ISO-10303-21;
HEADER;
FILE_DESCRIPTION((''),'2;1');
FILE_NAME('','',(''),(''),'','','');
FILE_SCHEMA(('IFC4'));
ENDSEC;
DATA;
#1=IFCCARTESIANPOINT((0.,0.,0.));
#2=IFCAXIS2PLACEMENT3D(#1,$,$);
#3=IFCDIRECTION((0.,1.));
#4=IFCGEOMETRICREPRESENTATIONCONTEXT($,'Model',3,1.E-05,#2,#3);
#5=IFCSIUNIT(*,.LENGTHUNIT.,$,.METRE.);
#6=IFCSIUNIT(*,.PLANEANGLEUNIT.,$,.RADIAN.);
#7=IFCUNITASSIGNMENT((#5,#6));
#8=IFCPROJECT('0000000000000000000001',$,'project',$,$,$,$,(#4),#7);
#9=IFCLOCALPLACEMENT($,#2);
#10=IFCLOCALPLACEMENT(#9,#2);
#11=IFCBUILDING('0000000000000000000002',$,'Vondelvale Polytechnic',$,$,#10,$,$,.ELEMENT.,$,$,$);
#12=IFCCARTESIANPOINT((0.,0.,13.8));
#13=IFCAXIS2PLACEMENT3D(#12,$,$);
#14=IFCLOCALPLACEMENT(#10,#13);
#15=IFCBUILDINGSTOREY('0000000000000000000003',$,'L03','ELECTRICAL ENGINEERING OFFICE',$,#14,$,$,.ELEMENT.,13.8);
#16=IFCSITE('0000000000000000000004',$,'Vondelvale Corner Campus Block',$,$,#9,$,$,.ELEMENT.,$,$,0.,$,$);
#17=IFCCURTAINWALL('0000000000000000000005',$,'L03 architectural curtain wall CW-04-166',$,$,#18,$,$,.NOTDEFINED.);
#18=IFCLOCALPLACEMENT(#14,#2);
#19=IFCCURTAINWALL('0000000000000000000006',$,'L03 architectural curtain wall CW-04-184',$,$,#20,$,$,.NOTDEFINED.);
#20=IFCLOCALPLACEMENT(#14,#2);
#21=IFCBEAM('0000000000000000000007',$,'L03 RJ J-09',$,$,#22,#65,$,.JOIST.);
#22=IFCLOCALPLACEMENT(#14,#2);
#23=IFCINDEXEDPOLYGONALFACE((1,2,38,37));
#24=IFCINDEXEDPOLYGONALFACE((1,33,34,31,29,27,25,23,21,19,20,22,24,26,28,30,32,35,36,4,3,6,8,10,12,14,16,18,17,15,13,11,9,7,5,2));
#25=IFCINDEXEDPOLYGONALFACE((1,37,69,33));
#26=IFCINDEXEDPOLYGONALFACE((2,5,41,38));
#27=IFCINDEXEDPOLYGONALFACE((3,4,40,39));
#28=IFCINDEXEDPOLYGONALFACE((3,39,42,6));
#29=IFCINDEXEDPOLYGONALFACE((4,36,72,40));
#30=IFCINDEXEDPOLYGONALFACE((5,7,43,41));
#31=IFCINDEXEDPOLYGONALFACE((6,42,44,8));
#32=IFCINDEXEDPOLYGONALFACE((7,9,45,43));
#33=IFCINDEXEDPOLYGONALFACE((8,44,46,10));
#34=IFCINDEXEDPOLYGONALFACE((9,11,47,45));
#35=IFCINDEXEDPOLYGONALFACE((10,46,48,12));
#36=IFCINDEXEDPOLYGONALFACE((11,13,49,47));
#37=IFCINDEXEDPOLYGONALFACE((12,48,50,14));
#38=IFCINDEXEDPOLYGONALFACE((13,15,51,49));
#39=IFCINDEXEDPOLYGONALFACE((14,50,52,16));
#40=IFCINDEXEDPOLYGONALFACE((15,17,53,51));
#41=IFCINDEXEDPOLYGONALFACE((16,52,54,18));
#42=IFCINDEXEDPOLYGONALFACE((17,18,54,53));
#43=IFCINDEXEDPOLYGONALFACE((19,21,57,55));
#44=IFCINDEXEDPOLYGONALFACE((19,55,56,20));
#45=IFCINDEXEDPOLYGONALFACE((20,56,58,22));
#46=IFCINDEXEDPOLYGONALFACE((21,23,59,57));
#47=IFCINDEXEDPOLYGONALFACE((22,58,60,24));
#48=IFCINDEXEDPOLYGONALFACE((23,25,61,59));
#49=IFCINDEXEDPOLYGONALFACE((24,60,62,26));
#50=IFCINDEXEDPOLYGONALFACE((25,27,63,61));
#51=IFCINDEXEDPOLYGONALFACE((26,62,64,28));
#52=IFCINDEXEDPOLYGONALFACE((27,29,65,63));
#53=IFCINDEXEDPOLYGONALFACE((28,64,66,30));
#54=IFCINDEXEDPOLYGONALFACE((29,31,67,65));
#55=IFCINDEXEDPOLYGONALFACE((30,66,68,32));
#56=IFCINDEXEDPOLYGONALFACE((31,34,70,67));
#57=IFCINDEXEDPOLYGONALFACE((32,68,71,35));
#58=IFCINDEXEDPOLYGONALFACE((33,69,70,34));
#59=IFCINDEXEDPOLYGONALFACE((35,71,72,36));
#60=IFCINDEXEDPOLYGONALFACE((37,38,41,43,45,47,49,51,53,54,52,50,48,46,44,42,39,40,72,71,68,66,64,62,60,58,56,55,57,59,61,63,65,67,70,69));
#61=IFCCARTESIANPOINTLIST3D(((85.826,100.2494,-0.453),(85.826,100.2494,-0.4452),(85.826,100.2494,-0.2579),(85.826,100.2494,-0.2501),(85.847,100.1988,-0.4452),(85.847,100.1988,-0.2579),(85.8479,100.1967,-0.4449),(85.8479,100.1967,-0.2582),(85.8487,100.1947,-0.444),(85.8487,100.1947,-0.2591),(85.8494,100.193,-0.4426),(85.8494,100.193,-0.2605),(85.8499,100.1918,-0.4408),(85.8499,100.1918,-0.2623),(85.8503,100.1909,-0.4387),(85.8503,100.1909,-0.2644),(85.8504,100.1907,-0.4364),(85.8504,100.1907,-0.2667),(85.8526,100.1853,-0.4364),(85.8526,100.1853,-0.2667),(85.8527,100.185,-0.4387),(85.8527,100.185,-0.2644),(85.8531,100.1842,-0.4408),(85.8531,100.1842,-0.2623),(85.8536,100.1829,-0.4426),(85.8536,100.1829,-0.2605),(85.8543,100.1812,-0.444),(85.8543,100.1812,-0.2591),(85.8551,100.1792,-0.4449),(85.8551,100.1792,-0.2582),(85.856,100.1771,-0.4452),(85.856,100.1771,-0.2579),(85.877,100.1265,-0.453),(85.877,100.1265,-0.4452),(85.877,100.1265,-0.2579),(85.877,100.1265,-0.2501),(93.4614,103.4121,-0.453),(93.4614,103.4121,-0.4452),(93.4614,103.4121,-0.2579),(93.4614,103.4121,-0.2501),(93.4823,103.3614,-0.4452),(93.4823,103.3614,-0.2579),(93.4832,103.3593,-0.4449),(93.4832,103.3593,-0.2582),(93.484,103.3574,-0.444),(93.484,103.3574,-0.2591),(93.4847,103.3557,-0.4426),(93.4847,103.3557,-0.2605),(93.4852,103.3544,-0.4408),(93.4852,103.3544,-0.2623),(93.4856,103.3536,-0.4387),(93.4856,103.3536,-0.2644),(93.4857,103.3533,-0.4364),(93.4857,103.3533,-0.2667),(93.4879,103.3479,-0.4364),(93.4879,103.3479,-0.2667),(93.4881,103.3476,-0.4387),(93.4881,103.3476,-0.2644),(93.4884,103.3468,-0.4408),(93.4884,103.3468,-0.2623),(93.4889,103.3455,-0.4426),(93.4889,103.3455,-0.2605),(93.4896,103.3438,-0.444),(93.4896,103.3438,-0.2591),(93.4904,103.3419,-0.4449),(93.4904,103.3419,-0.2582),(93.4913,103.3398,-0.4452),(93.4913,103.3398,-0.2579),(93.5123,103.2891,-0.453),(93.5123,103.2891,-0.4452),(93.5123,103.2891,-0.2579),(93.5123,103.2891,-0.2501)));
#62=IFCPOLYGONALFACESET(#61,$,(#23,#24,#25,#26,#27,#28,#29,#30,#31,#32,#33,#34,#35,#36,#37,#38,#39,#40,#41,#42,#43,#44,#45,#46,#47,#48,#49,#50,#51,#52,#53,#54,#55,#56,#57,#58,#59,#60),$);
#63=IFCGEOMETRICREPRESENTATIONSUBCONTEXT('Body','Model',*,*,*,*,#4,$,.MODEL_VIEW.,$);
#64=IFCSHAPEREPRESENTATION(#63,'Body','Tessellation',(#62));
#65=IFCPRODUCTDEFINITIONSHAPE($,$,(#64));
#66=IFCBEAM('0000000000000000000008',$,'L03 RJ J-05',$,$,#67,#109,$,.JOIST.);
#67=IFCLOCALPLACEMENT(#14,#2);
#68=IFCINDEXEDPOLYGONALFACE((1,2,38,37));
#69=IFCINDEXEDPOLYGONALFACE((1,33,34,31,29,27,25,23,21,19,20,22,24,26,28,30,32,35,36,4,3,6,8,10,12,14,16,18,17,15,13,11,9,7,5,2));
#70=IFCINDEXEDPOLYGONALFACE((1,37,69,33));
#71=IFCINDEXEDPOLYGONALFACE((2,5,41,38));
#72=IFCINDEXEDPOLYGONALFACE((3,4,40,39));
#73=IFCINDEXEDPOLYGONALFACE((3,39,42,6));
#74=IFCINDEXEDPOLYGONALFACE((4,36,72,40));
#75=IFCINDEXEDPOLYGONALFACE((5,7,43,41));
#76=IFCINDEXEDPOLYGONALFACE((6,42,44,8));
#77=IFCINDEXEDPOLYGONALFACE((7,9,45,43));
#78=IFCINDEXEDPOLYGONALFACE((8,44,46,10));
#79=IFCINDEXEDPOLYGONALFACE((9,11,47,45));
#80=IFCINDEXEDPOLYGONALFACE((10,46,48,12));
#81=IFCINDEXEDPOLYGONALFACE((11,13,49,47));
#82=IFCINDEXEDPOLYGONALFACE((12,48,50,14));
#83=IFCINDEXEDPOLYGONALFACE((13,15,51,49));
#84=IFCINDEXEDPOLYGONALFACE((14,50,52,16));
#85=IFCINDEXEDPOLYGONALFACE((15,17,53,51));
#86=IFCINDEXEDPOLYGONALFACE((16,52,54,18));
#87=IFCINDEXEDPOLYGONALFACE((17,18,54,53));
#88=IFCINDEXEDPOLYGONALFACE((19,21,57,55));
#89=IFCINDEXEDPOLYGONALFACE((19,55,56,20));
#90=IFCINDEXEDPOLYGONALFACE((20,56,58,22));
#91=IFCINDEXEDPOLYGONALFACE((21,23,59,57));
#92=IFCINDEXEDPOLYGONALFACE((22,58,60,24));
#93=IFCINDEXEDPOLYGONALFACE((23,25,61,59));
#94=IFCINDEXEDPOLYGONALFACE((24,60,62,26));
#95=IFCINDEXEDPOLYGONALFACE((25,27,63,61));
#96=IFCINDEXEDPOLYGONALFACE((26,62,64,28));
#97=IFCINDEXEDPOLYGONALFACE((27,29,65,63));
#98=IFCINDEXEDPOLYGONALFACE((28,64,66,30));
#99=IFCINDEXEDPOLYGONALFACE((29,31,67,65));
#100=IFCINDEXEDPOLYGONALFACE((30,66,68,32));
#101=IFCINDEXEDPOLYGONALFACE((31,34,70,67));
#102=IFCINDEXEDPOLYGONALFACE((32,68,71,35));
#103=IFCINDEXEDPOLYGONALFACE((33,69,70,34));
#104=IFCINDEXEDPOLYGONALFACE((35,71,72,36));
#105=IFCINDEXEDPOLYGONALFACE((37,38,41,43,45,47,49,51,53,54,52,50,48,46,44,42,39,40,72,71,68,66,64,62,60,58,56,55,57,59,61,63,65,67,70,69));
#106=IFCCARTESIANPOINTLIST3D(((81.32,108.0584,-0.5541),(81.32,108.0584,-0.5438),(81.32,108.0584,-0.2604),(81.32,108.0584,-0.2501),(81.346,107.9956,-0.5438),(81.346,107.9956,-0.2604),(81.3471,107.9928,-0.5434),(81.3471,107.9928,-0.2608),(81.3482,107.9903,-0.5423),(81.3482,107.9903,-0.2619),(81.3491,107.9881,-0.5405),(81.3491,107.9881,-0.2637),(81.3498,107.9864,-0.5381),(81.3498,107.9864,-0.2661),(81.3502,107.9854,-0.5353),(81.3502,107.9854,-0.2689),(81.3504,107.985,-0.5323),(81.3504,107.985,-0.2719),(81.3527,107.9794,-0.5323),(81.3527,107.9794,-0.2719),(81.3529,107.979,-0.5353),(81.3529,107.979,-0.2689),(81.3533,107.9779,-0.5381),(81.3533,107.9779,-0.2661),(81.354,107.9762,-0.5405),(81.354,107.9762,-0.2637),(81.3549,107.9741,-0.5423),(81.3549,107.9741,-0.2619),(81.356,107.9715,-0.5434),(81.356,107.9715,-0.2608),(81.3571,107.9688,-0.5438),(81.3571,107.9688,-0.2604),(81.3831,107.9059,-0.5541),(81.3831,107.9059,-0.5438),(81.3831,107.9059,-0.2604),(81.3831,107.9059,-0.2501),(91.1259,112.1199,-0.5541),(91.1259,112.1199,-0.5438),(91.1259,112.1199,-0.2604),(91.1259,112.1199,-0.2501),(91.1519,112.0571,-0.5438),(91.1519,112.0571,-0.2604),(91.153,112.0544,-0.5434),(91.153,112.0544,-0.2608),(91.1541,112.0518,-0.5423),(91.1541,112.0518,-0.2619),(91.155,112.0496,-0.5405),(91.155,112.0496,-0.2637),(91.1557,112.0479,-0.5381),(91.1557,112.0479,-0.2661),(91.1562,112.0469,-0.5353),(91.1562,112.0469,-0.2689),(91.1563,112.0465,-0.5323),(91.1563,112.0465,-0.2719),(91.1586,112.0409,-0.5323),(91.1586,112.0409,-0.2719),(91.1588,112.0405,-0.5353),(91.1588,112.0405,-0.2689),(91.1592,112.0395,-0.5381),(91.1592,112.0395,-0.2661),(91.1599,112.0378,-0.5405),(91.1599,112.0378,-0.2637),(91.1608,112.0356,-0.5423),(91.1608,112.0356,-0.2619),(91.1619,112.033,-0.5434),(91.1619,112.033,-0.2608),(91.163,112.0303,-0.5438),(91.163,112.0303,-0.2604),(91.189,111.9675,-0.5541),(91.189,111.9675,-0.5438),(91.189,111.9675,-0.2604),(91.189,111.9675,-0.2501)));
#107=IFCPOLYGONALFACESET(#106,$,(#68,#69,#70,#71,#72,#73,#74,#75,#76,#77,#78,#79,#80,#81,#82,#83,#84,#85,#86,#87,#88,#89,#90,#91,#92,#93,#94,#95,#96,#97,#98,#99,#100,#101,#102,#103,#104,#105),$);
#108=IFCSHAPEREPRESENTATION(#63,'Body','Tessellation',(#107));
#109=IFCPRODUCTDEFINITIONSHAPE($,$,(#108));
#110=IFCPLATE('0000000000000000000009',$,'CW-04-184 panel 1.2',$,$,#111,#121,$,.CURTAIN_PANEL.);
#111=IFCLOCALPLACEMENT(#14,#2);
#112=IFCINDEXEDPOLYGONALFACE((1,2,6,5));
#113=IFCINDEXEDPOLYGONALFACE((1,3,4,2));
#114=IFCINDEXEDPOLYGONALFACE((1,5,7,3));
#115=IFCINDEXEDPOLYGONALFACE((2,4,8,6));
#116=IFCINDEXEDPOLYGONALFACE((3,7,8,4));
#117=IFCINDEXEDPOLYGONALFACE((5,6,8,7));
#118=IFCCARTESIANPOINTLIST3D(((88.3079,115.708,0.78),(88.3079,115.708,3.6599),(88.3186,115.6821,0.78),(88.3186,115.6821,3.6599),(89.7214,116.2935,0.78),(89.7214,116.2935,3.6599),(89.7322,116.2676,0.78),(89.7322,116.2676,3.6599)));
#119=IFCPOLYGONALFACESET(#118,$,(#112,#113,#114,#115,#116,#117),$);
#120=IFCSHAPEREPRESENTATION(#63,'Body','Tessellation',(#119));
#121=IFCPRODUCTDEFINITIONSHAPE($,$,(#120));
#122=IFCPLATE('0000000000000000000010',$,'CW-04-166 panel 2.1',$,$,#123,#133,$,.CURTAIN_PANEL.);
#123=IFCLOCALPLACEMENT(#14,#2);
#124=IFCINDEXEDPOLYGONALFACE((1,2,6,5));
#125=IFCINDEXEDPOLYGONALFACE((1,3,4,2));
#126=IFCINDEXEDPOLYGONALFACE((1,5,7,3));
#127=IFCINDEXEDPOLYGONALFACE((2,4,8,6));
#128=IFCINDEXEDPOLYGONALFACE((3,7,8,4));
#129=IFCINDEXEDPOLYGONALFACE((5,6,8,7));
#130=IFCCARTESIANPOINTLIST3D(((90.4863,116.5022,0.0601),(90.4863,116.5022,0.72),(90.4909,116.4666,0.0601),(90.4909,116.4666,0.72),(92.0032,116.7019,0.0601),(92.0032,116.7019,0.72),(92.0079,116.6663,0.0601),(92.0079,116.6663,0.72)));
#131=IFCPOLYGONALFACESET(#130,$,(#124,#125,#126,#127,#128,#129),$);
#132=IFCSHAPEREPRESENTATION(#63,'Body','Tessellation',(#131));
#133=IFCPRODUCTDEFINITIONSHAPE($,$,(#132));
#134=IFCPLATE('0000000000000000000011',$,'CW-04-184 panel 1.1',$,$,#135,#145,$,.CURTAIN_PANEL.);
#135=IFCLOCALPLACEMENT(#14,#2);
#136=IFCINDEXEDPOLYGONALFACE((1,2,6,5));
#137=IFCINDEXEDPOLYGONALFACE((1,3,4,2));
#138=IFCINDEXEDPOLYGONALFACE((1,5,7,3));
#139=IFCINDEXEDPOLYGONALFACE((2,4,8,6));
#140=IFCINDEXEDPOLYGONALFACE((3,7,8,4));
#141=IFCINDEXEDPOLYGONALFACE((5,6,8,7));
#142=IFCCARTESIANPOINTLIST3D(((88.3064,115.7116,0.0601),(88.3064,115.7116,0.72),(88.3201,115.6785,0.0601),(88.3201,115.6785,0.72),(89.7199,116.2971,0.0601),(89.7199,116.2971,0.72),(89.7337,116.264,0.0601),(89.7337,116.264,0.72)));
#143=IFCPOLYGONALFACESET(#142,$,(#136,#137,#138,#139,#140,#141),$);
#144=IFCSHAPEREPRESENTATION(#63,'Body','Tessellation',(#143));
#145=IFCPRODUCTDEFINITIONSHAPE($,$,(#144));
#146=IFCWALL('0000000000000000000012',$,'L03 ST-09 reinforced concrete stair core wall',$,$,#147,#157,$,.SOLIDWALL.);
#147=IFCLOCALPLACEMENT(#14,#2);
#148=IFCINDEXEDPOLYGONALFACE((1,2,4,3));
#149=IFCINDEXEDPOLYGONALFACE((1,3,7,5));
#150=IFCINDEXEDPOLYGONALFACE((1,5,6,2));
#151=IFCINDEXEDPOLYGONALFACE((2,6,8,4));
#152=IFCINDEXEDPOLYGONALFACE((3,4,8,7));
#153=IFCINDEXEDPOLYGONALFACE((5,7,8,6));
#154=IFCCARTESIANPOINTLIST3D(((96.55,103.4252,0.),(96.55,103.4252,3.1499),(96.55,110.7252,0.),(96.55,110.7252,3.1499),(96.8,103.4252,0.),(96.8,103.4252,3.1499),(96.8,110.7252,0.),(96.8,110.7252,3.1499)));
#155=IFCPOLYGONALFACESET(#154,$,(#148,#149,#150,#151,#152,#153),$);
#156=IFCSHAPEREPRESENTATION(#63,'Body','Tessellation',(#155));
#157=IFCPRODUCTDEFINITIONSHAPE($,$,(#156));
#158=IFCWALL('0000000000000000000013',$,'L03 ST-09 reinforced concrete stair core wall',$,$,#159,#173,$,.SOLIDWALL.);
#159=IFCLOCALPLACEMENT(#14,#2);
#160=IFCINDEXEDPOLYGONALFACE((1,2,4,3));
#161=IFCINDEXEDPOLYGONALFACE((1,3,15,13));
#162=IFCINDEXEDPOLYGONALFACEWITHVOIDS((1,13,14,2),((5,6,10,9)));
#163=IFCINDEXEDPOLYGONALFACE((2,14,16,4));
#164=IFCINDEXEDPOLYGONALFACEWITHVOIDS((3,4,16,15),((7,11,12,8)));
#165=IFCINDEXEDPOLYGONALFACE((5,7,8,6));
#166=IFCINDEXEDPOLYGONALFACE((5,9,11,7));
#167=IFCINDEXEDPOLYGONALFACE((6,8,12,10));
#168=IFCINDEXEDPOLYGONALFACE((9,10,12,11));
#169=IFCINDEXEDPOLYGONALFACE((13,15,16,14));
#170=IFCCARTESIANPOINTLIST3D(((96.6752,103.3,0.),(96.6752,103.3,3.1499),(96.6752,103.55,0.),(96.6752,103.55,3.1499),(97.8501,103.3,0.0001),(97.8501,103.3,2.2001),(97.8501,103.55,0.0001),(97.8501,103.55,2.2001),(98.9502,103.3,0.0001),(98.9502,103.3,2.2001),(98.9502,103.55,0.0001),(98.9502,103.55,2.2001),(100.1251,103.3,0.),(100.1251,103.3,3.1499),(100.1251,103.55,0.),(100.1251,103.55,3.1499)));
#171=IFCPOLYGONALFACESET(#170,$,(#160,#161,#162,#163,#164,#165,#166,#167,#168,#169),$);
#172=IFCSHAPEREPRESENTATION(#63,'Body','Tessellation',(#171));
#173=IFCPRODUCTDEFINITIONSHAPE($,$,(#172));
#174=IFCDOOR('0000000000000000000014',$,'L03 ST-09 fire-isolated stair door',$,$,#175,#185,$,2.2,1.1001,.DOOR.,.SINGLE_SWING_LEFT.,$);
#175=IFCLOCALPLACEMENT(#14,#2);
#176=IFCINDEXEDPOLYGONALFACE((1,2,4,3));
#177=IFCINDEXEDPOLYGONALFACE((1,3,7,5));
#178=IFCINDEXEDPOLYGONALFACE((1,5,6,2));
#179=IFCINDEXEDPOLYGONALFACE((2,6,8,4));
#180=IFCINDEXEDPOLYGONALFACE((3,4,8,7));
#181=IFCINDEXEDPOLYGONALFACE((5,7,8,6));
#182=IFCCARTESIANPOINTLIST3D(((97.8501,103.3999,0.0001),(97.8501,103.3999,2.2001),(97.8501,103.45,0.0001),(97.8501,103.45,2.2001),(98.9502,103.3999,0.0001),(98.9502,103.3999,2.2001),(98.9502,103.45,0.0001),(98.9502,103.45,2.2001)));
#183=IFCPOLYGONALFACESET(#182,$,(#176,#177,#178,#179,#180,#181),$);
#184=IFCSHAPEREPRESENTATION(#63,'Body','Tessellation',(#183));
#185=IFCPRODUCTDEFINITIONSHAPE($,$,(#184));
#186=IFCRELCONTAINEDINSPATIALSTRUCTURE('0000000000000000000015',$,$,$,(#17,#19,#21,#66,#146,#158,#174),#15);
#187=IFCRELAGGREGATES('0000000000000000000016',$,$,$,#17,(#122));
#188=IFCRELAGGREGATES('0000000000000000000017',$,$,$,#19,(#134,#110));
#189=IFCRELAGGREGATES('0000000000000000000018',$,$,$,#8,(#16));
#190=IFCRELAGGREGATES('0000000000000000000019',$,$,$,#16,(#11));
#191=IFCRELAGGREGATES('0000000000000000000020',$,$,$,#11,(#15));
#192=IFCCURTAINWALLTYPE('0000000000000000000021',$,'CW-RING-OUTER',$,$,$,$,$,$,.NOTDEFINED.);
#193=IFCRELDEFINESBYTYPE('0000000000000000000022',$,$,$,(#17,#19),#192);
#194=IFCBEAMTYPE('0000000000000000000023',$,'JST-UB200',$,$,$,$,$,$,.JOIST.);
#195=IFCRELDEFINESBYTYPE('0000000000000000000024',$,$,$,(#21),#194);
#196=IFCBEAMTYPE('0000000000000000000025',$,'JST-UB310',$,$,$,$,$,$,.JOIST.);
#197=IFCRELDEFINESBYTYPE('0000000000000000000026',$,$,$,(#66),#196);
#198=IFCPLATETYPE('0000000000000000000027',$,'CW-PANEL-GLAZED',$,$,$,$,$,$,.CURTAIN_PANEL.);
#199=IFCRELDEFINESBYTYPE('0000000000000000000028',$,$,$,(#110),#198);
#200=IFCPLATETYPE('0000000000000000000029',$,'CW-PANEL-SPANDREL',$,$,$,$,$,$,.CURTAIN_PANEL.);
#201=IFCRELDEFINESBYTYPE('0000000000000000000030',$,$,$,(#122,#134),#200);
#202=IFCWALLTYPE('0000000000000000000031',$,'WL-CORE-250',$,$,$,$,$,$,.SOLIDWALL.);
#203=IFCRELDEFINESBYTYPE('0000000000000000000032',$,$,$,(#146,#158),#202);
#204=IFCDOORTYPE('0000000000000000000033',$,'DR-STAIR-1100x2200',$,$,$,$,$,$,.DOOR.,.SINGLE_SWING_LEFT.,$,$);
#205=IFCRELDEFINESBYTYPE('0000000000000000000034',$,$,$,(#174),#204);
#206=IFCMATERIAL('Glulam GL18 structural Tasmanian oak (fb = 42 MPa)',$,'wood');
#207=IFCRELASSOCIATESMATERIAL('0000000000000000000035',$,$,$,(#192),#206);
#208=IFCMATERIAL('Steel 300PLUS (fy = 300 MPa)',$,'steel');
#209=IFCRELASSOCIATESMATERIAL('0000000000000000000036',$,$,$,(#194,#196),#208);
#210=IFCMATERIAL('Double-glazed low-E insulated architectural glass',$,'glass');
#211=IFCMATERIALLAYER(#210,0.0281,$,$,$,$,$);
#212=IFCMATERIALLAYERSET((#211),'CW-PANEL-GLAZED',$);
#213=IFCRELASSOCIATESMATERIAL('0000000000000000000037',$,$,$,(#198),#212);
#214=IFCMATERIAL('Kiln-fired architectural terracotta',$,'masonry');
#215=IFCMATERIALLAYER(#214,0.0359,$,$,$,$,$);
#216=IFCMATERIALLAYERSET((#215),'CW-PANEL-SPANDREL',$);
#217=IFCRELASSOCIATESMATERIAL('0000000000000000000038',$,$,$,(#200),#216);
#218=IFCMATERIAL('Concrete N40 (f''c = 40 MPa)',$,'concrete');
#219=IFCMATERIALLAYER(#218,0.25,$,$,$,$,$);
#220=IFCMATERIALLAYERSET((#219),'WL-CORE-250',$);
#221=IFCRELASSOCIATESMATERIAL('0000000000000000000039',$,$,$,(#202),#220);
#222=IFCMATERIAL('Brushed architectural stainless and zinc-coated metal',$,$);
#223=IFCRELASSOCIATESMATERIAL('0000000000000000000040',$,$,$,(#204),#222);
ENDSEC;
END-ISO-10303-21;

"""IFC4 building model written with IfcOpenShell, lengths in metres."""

from ifc_helpers import new_model, si_unit, direction, frame, frame_2d, origin, origin_2d, place, context, subcontext, project, spatial, rectangle, i_section, extrude, material, layer, layer_set, material_profile, profile_set, type_object, element, fill, aggregate, save


model = new_model("IFC4")

# Units and contexts
model_context = context("Model", 3, precision=1e-05, world=origin(), true_north=direction((0.0, 1.0)))
body_context = subcontext(model_context, "Body", "Model", "MODEL_VIEW")
ifc_project = project(units=[si_unit("LENGTHUNIT", "METRE"), si_unit("PLANEANGLEUNIT", "RADIAN")], contexts=[model_context])

# Site, building, storey
site_placement = place(None, origin())
site = spatial("IfcSite", under=ifc_project, at=site_placement, Name="Vondelvale Corner Campus Block", CompositionType="ELEMENT", RefElevation=0.0)
building_placement = place(site_placement, origin())
building = spatial("IfcBuilding", under=site, at=building_placement, Name="Vondelvale Polytechnic", CompositionType="ELEMENT")
storey_placement = place(building_placement, frame((0.0, 0.0, 13.8)))
storey = spatial("IfcBuildingStorey", under=building, at=storey_placement, Name="L03", Description="ELECTRICAL ENGINEERING OFFICE", CompositionType="ELEMENT", Elevation=13.8)

# Shared definitions
ifc_material_1 = material(Name="Steel 300PLUS (fy = 300 MPa)", Category="steel")

# Curtain wall
ifc_material_2 = material(Name="Glulam GL18 structural Tasmanian oak (fb = 42 MPa)", Category="wood")
curtain_wall_type = type_object("IfcCurtainWallType", Name="CW-RING-OUTER", PredefinedType="NOTDEFINED", material=ifc_material_2)
curtain_wall_1_placement = place(storey_placement, origin())
curtain_wall_1 = element("IfcCurtainWall", 1, at=curtain_wall_1_placement, inside=storey, type_object=curtain_wall_type, Name="L03 architectural curtain wall CW-04-166", PredefinedType="NOTDEFINED")

# Curtain wall
curtain_wall_2_placement = place(storey_placement, origin())
curtain_wall_2 = element("IfcCurtainWall", 2, at=curtain_wall_2_placement, inside=storey, type_object=curtain_wall_type, Name="L03 architectural curtain wall CW-04-184", PredefinedType="NOTDEFINED")

# Beams
ifc_material_profile_1 = material_profile(ifc_material_1, i_section(OverallWidth=0.1331, OverallDepth=0.2029, WebThickness=0.0059, FlangeThickness=0.0078, FilletRadius=0.0088, at=origin_2d()), Name="200UB25.4")
ifc_profile_set_1 = profile_set([ifc_material_profile_1], Name="Steel 300PLUS (fy = 300 MPa)")
beam_type_1 = type_object("IfcBeamType", Name="JST-UB200", PredefinedType="JOIST", material=ifc_profile_set_1)
beam_1_placement = place(storey_placement, frame((93.4868, 103.3506, -0.3516), z_axis=(-0.923881, -0.382681, 0.0), x_axis=(0.382681, -0.923881, 0.0)))
element("IfcBeam", 3, at=beam_1_placement, inside=storey, type_object=beam_type_1, Name="L03 RJ J-09", PredefinedType="JOIST", context=body_context, shape_type="SweptSolid", body=[
    extrude(i_section(OverallWidth=0.1331, OverallDepth=0.2029, WebThickness=0.0059, FlangeThickness=0.0078, FilletRadius=0.0088, at=origin_2d()), origin(), (0.0, 0.0, 1.0), 8.2644),
])
ifc_material_profile_2 = material_profile(ifc_material_1, i_section(OverallWidth=0.165, OverallDepth=0.304, WebThickness=0.0061, FlangeThickness=0.0103, FilletRadius=0.0115, at=origin_2d()), Name="310UB40.4")
ifc_profile_set_2 = profile_set([ifc_material_profile_2], Name="Steel 300PLUS (fy = 300 MPa)")
beam_type_2 = type_object("IfcBeamType", Name="JST-UB310", PredefinedType="JOIST", material=ifc_profile_set_2)
beam_2_placement = place(storey_placement, frame((91.1575, 112.0437, -0.4021), z_axis=(-0.923887, -0.382666, 0.0), x_axis=(0.382666, -0.923887, 0.0)))
element("IfcBeam", 4, at=beam_2_placement, inside=storey, type_object=beam_type_2, Name="L03 RJ J-05", PredefinedType="JOIST", context=body_context, shape_type="SweptSolid", body=[
    extrude(i_section(OverallWidth=0.165, OverallDepth=0.304, WebThickness=0.0061, FlangeThickness=0.0103, FilletRadius=0.0115, at=origin_2d()), origin(), (0.0, 0.0, 1.0), 10.6138),
])

# Plates
ifc_material_3 = material(Name="Double-glazed low-E insulated architectural glass", Category="glass")
ifc_layer_1 = layer(ifc_material_3, 0.0281)
ifc_layer_set_1 = layer_set([ifc_layer_1], Name="CW-PANEL-GLAZED")
plate_type_1 = type_object("IfcPlateType", Name="CW-PANEL-GLAZED", PredefinedType="CURTAIN_PANEL", material=ifc_layer_set_1)
plate_1_placement = place(storey_placement, frame((89.02, 115.9878, 0.78), z_axis=(0.0, 0.0, 1.0), x_axis=(-0.923882, -0.382677, 0.0)))
plate_1 = element("IfcPlate", 5, at=plate_1_placement, type_object=plate_type_1, Name="CW-04-184 panel 1.2", PredefinedType="CURTAIN_PANEL", context=body_context, shape_type="SweptSolid", body=[
    extrude(rectangle(XDim=1.53, YDim=0.0281, at=origin_2d()), origin(), (0.0, 0.0, 1.0), 2.8799),
])
ifc_material_4 = material(Name="Kiln-fired architectural terracotta", Category="masonry")
ifc_layer_2 = layer(ifc_material_4, 0.0359)
ifc_layer_set_2 = layer_set([ifc_layer_2], Name="CW-PANEL-SPANDREL")
plate_type_2 = type_object("IfcPlateType", Name="CW-PANEL-SPANDREL", PredefinedType="CURTAIN_PANEL", material=ifc_layer_set_2)
plate_2_placement = place(storey_placement, frame((91.2471, 116.5842, 0.0601), z_axis=(0.0, 0.0, 1.0), x_axis=(-0.991443, -0.13054, 0.0)))
plate_2 = element("IfcPlate", 6, at=plate_2_placement, type_object=plate_type_2, Name="CW-04-166 panel 2.1", PredefinedType="CURTAIN_PANEL", context=body_context, shape_type="SweptSolid", body=[
    extrude(rectangle(XDim=1.53, YDim=0.0359, at=origin_2d()), origin(), (0.0, 0.0, 1.0), 0.6599),
])
aggregate(curtain_wall_1, [plate_2])
plate_3_placement = place(storey_placement, frame((89.02, 115.9878, 0.0601), z_axis=(0.0, 0.0, 1.0), x_axis=(-0.923882, -0.382677, 0.0)))
plate_3 = element("IfcPlate", 7, at=plate_3_placement, type_object=plate_type_2, Name="CW-04-184 panel 1.1", PredefinedType="CURTAIN_PANEL", context=body_context, shape_type="SweptSolid", body=[
    extrude(rectangle(XDim=1.53, YDim=0.0359, at=origin_2d()), origin(), (0.0, 0.0, 1.0), 0.6599),
])
aggregate(curtain_wall_2, [plate_3, plate_1])

# Wall
ifc_material_5 = material(Name="Concrete N40 (f'c = 40 MPa)", Category="concrete")
ifc_layer_3 = layer(ifc_material_5, 0.25)
ifc_layer_set_3 = layer_set([ifc_layer_3], Name="WL-CORE-250")
wall_type_1 = type_object("IfcWallType", Name="WL-CORE-250", PredefinedType="SOLIDWALL", material=ifc_layer_set_3)
wall_1_placement = place(storey_placement, frame((96.675, 110.7251, 0.0), z_axis=(0.0, 0.0, 1.0), x_axis=(0.0, -1.0, 0.0)))
element("IfcWall", 8, at=wall_1_placement, inside=storey, type_object=wall_type_1, Name="L03 ST-09 reinforced concrete stair core wall", PredefinedType="SOLIDWALL", context=body_context, shape_type="SweptSolid", body=[
    extrude(rectangle(XDim=7.3, YDim=0.25, at=frame_2d((3.6499, 0.0))), origin(), (0.0, 0.0, 1.0), 3.1499),
])

# Wall, opening, door
wall_2_placement = place(storey_placement, frame((96.675, 103.425, 0.0), z_axis=(0.0, 0.0, 1.0), x_axis=(1.0, 0.0, 0.0)))
wall_2 = element("IfcWall", 9, at=wall_2_placement, inside=storey, type_object=wall_type_1, Name="L03 ST-09 reinforced concrete stair core wall", PredefinedType="SOLIDWALL", context=body_context, shape_type="SweptSolid", body=[
    extrude(rectangle(XDim=3.45, YDim=0.25, at=frame_2d((1.7251, 0.0))), origin(), (0.0, 0.0, 1.0), 3.1499),
])
opening_1_placement = place(wall_2_placement, frame((1.175, 0.0, 0.0)))
opening_1 = element("IfcOpeningElement", 10, at=opening_1_placement, cuts=wall_2, PredefinedType="OPENING", context=body_context, shape_type="SweptSolid", body=[
    extrude(rectangle(XDim=1.1001, YDim=2.2, at=frame_2d((0.55, 1.1001))), frame((0.0, 0.135, 0.0), z_axis=(0.0, -1.0, 0.0), x_axis=(1.0, 0.0, 0.0)), (0.0, 0.0, 1.0), 0.27),
])
ifc_material_6 = material(Name="Brushed architectural stainless and zinc-coated metal")
door_type_1 = type_object("IfcDoorType", Name="DR-STAIR-1100x2200", OperationType="SINGLE_SWING_LEFT", PredefinedType="DOOR", material=ifc_material_6)
door_1_placement = place(opening_1_placement, origin())
door_1 = element("IfcDoor", 11, at=door_1_placement, inside=storey, type_object=door_type_1, Name="L03 ST-09 fire-isolated stair door", OperationType="SINGLE_SWING_LEFT", OverallHeight=2.2, OverallWidth=1.1001, PredefinedType="DOOR", context=body_context, shape_type="SweptSolid", body=[
    extrude(rectangle(XDim=1.1001, YDim=2.2, at=frame_2d((0.55, 1.1001))), frame((0.0, 0.0249, 0.0), z_axis=(0.0, -1.0, 0.0), x_axis=(1.0, 0.0, 0.0)), (0.0, 0.0, 1.0), 0.05),
])
fill(opening_1, door_1)

save(model, "model.ifc")
